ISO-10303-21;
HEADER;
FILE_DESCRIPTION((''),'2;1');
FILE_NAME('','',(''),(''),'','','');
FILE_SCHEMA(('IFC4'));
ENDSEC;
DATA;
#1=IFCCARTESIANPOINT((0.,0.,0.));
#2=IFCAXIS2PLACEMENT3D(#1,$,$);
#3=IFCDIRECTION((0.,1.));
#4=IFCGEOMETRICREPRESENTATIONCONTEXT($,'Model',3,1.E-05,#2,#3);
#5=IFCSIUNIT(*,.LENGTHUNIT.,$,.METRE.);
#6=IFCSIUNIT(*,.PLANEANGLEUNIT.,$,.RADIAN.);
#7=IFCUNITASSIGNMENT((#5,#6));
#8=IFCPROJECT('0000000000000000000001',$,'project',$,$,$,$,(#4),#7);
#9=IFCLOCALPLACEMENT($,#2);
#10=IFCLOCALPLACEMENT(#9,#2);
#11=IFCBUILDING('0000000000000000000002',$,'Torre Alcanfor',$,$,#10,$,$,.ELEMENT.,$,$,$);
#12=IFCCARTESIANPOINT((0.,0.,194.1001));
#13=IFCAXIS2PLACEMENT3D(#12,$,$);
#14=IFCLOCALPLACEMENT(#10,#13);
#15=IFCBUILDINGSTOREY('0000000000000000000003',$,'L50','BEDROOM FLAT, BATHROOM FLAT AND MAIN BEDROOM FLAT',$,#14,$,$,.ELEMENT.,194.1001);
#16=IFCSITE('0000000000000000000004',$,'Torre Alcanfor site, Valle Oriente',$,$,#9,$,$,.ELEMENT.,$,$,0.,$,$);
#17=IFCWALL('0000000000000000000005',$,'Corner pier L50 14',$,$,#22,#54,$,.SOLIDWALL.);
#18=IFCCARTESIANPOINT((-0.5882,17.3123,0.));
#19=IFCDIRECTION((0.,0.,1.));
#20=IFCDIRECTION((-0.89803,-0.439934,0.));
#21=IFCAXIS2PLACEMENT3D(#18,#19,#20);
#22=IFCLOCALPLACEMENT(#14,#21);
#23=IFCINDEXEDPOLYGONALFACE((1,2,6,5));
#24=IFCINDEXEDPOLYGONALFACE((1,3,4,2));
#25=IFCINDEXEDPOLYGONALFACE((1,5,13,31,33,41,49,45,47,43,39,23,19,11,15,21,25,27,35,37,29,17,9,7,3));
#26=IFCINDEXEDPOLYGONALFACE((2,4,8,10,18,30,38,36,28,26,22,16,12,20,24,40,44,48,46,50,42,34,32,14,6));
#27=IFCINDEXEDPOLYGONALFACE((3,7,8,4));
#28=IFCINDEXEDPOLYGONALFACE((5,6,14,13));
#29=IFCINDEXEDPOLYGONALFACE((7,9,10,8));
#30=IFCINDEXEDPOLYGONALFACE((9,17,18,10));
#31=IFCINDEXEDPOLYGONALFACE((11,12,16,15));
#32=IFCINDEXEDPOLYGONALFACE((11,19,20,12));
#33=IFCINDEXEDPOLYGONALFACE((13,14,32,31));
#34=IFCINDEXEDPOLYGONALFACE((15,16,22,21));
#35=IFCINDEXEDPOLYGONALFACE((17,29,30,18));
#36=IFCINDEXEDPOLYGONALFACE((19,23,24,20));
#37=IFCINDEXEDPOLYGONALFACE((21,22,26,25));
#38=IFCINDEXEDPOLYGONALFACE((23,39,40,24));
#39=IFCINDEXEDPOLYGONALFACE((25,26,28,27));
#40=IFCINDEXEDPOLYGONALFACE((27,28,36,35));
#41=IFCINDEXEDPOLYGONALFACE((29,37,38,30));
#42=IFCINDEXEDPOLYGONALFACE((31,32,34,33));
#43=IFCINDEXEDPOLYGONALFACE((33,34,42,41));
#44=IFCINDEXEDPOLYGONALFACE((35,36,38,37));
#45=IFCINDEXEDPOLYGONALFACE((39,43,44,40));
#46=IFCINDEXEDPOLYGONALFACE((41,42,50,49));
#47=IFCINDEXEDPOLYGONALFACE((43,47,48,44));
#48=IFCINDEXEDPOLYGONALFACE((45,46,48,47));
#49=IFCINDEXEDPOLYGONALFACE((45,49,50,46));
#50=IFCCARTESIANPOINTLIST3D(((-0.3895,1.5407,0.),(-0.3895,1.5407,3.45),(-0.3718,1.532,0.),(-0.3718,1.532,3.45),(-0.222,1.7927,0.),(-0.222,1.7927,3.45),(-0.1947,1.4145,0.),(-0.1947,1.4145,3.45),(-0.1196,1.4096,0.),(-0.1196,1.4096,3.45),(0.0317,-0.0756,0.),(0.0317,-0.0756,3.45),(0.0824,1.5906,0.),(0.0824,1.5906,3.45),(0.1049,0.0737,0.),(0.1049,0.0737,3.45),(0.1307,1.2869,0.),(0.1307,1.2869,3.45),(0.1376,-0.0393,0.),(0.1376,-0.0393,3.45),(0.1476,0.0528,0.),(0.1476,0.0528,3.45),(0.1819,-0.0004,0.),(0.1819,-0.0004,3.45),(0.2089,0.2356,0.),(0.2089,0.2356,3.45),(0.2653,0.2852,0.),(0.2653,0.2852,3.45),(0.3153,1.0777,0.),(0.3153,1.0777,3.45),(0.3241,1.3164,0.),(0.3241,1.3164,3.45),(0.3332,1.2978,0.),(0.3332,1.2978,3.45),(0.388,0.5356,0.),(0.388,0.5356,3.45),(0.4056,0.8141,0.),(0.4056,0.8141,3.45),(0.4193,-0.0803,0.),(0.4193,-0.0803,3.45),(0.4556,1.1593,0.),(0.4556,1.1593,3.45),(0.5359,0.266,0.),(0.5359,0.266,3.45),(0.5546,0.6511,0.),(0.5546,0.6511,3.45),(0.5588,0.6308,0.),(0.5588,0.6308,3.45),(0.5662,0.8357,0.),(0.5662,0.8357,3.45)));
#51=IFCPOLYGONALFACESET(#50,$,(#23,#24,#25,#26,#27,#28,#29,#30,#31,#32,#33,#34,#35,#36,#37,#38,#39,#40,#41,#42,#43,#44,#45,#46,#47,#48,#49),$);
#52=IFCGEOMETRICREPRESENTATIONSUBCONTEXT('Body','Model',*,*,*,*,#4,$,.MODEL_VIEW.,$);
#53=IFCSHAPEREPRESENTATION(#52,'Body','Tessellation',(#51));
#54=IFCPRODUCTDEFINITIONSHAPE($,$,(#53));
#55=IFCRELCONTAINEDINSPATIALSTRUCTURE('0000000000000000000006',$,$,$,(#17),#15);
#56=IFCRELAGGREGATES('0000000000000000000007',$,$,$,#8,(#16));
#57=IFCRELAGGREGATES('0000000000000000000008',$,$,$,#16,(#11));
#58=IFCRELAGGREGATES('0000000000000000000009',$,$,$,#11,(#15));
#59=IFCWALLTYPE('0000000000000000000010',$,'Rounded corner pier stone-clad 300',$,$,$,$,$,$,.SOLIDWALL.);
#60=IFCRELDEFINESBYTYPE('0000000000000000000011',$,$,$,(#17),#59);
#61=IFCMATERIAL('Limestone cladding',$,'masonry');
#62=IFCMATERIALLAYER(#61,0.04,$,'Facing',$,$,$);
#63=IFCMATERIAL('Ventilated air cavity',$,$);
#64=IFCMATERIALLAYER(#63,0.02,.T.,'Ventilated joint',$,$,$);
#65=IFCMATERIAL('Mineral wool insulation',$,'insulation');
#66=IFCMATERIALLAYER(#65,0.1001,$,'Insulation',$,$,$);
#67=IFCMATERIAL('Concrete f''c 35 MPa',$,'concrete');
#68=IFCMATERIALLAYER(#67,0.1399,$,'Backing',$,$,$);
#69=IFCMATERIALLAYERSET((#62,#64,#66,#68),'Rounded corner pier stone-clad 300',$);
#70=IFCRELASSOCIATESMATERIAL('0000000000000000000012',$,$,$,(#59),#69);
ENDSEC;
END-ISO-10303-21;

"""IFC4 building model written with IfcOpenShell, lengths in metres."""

from ifc_helpers import new_model, si_unit, direction, frame, origin, place, context, subcontext, project, spatial, polyline, outline, extrude, material, layer, layer_set, type_object, element, save


model = new_model("IFC4")

# Units and contexts
model_context = context("Model", 3, precision=1e-05, world=origin(), true_north=direction((0.0, 1.0)))
body_context = subcontext(model_context, "Body", "Model", "MODEL_VIEW")
ifc_project = project(units=[si_unit("LENGTHUNIT", "METRE"), si_unit("PLANEANGLEUNIT", "RADIAN")], contexts=[model_context])

# Site, building, storey
site_placement = place(None, origin())
site = spatial("IfcSite", under=ifc_project, at=site_placement, Name="Torre Alcanfor site, Valle Oriente", CompositionType="ELEMENT", RefElevation=0.0)
building_placement = place(site_placement, origin())
building = spatial("IfcBuilding", under=site, at=building_placement, Name="Torre Alcanfor", CompositionType="ELEMENT")
storey_placement = place(building_placement, frame((0.0, 0.0, 194.1001)))
storey = spatial("IfcBuildingStorey", under=building, at=storey_placement, Name="L50", Description="BEDROOM FLAT, BATHROOM FLAT AND MAIN BEDROOM FLAT", CompositionType="ELEMENT", Elevation=194.1001)

# Shared definitions
ifc_material_1 = material(Name="Limestone cladding", Category="masonry")
ifc_material_2 = material(Name="Ventilated air cavity")
ifc_material_3 = material(Name="Mineral wool insulation", Category="insulation")
ifc_material_4 = material(Name="Concrete f'c 35 MPa", Category="concrete")

# Wall
ifc_layer_1 = layer(ifc_material_1, 0.04, Name="Facing")
ifc_layer_2 = layer(ifc_material_2, 0.02, ventilated=True, Name="Ventilated joint")
ifc_layer_3 = layer(ifc_material_3, 0.1001, Name="Insulation")
ifc_layer_4 = layer(ifc_material_4, 0.1399, Name="Backing")
ifc_layer_set_1 = layer_set([ifc_layer_1, ifc_layer_2, ifc_layer_3, ifc_layer_4], Name="Rounded corner pier stone-clad 300")
wall_type_1 = type_object("IfcWallType", Name="Rounded corner pier stone-clad 300", PredefinedType="SOLIDWALL", material=ifc_layer_set_1)
wall_1_placement = place(storey_placement, frame((-0.5882, 17.3123, 0.0), z_axis=(0.0, 0.0, 1.0), x_axis=(-0.89803, -0.439934, 0.0)))
element("IfcWall", 1, at=wall_1_placement, inside=storey, type_object=wall_type_1, Name="Corner pier L50 14", PredefinedType="SOLIDWALL", context=body_context, shape_type="SweptSolid", body=[
    extrude(outline(polyline([(-0.222, 1.7927), (-0.3895, 1.5407), (-0.3718, 1.532), (-0.1947, 1.4145), (-0.1196, 1.4096), (0.1307, 1.2869), (0.3153, 1.0777), (0.4056, 0.8141), (0.388, 0.5356), (0.2653, 0.2852), (0.2089, 0.2356), (0.1476, 0.0528), (0.1049, 0.0737), (0.0317, -0.0756), (0.1376, -0.0393), (0.1819, -0.0004), (0.4193, -0.0803), (0.5359, 0.266), (0.5588, 0.6308), (0.5546, 0.6511), (0.5662, 0.8357), (0.4556, 1.1593), (0.3332, 1.2978), (0.3241, 1.3164), (0.0824, 1.5906), (-0.222, 1.7927)])), origin(), (0.0, 0.0, 1.0), 3.45),
])

save(model, "model.ifc")
